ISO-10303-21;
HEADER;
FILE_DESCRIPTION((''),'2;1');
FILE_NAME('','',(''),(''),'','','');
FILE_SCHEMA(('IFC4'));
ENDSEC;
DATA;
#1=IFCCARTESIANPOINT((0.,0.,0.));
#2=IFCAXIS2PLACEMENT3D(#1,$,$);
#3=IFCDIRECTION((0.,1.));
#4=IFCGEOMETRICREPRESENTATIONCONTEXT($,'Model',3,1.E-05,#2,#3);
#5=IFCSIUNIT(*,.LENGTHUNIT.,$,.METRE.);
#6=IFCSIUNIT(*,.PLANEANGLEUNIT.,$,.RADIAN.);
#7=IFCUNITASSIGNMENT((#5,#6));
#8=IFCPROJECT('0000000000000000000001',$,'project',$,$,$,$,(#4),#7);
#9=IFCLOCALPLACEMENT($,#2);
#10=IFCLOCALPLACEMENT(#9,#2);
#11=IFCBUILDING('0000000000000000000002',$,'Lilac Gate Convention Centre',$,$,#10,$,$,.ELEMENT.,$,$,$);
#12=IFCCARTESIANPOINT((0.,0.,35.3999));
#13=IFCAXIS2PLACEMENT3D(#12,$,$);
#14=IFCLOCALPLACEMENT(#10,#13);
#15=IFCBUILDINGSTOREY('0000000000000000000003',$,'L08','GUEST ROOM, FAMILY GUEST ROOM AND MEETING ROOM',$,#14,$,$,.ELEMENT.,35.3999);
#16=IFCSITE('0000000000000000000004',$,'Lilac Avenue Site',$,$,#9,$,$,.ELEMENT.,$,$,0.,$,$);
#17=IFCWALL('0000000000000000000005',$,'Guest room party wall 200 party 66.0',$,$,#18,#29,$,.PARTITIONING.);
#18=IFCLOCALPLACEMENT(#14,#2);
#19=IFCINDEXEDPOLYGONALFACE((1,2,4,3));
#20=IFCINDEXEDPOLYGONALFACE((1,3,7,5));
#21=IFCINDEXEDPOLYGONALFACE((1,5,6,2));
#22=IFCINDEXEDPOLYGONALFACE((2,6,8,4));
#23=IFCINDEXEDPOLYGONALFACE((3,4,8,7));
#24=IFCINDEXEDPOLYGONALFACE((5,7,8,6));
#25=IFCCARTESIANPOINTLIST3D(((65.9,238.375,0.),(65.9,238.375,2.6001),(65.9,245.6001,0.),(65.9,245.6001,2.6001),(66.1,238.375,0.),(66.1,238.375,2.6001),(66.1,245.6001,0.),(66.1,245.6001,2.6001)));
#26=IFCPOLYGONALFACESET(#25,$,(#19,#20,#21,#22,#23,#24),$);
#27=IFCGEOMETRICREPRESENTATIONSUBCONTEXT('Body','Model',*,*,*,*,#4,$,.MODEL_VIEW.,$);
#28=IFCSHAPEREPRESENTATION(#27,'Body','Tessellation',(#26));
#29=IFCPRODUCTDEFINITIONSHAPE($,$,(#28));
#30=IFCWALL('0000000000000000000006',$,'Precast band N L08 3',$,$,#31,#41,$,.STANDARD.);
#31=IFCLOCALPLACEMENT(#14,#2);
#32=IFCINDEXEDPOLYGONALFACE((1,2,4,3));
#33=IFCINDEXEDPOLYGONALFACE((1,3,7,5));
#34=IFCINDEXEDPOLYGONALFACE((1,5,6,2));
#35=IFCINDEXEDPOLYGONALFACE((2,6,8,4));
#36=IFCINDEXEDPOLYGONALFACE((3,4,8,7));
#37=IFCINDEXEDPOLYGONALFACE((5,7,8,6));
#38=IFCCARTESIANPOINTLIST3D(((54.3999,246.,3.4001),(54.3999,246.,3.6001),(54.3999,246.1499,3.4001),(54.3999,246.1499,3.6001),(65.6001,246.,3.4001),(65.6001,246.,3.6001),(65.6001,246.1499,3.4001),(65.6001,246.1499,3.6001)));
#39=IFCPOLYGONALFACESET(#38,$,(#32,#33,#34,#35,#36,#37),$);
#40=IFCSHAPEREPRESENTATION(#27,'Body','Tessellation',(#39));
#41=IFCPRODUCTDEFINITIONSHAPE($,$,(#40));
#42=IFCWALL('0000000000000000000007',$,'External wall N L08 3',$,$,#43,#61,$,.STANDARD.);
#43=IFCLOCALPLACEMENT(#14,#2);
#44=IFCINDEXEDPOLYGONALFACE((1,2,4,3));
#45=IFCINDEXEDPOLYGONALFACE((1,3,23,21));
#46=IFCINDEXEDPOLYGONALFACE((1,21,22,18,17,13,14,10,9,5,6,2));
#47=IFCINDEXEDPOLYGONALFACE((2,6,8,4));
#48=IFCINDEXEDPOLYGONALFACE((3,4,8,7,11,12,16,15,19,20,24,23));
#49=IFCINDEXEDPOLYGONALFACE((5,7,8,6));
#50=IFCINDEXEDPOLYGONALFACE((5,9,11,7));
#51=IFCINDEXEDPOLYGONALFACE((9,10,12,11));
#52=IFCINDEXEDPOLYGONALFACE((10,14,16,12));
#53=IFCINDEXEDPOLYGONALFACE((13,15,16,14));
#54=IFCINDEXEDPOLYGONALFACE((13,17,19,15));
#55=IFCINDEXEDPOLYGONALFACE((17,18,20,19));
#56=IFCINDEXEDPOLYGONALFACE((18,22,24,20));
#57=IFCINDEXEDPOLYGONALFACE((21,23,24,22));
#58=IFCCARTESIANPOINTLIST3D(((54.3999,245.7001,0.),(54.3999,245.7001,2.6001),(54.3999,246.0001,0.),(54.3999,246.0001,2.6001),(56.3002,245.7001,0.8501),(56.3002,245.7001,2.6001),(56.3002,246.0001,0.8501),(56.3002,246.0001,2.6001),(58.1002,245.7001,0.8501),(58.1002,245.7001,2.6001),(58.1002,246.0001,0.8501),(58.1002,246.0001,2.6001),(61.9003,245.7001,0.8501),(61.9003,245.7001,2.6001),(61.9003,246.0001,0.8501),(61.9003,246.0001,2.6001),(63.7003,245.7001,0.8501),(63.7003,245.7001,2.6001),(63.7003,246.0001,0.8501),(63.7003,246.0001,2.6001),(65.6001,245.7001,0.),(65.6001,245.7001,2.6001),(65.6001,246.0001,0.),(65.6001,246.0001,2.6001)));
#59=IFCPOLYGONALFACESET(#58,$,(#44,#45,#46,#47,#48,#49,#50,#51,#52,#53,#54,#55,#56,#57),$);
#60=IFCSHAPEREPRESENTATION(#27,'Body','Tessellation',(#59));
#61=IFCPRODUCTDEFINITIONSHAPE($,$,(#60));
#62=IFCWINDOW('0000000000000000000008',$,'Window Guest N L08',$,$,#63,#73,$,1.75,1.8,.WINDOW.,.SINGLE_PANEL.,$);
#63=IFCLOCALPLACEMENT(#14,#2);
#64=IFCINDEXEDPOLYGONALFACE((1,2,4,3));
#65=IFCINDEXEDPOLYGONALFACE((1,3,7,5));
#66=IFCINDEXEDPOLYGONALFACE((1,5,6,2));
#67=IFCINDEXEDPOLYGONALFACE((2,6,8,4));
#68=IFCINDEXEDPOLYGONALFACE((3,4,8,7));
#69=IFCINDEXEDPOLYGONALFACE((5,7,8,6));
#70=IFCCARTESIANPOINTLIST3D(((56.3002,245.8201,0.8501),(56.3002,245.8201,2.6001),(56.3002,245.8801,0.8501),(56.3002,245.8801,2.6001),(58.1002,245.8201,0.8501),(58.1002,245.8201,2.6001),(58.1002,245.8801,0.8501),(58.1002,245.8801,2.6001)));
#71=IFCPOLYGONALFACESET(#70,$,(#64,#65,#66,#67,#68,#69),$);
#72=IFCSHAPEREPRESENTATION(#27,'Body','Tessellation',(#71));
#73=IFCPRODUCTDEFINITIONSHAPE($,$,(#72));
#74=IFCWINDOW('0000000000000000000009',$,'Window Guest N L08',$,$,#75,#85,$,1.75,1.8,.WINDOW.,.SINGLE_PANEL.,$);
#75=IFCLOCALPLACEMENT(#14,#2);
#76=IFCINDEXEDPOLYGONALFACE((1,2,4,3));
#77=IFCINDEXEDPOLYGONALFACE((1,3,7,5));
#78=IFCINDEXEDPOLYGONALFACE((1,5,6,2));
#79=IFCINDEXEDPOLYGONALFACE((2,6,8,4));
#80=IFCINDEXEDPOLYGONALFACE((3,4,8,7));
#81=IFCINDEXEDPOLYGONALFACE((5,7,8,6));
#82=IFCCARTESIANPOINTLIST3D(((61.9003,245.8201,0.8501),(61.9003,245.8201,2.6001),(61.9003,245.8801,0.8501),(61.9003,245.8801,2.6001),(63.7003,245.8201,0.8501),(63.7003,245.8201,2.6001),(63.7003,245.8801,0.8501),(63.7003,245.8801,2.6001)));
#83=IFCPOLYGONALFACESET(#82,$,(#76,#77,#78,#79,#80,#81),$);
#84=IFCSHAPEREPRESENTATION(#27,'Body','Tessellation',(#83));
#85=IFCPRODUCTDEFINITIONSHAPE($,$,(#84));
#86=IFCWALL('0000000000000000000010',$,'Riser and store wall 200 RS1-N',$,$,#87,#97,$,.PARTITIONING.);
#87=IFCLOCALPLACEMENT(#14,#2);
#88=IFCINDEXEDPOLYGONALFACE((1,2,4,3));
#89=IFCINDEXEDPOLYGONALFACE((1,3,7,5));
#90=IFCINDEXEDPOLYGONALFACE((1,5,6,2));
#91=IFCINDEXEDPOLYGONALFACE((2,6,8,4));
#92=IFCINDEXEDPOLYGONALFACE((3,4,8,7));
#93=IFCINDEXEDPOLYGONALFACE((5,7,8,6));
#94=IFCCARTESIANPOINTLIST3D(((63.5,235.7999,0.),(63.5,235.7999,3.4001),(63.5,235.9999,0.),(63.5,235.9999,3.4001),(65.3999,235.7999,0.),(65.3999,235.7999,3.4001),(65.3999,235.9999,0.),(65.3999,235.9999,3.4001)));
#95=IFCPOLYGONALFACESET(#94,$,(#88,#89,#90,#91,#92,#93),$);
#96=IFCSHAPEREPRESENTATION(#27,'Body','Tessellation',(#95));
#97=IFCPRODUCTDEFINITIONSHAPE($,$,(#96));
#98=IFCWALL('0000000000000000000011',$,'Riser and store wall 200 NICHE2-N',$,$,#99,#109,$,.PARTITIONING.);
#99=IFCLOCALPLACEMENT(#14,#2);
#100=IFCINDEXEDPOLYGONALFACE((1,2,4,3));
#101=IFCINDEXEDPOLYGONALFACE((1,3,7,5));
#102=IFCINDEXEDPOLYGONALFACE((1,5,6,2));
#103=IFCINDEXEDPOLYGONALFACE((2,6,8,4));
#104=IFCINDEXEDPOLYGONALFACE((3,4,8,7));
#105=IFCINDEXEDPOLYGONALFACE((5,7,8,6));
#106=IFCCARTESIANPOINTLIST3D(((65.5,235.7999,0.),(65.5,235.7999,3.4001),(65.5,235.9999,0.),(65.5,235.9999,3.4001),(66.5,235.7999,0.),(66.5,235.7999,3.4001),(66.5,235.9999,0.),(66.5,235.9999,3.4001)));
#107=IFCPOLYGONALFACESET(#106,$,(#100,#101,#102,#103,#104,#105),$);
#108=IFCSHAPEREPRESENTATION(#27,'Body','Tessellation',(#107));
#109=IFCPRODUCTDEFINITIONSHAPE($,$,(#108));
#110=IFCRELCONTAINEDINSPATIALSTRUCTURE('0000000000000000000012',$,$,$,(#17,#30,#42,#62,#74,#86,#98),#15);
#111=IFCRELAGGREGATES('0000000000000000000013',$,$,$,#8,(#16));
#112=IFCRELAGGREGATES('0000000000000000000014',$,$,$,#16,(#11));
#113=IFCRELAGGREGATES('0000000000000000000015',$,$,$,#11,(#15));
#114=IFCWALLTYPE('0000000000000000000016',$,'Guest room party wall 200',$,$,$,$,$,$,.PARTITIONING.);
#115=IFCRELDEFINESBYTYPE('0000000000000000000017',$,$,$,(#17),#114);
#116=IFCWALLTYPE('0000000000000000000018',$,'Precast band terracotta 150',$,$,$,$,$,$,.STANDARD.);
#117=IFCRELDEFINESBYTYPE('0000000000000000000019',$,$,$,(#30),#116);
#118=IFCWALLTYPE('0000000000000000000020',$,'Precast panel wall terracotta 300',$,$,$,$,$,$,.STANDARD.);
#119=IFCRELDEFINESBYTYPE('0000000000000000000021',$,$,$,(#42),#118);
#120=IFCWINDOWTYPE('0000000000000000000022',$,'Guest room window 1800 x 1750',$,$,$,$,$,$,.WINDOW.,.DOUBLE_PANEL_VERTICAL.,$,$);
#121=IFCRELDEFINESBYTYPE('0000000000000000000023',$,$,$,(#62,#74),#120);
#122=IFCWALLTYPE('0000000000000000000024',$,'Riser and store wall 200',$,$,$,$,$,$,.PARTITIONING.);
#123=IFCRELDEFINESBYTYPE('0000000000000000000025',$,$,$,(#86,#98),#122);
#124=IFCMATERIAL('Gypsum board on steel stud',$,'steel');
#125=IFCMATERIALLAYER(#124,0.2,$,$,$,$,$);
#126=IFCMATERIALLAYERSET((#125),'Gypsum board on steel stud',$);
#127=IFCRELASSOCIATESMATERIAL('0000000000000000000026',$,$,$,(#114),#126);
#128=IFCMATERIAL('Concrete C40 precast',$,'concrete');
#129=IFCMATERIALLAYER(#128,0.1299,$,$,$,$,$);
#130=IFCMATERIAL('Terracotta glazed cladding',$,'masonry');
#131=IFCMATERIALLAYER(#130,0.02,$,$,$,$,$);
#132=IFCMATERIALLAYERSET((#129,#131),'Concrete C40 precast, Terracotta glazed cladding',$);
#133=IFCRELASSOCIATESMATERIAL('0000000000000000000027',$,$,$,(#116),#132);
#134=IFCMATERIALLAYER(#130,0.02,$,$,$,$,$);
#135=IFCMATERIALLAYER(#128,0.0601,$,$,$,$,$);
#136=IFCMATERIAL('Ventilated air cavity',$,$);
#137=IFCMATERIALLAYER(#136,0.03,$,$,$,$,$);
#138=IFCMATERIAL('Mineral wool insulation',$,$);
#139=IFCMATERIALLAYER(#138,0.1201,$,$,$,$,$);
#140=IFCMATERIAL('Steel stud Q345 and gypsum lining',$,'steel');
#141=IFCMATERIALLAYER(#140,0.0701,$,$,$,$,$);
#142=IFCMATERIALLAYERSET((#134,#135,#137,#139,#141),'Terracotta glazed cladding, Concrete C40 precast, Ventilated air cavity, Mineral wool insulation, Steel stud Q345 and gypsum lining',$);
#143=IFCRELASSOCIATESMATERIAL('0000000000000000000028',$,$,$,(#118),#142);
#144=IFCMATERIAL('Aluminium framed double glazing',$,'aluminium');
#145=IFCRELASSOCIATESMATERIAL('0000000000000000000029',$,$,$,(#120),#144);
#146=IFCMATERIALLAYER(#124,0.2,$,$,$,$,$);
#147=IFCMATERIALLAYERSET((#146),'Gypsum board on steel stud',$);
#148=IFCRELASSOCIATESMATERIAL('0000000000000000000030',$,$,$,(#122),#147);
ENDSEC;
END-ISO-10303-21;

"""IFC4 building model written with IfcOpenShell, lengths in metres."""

from ifc_helpers import new_model, si_unit, direction, frame, frame_2d, origin, place, context, subcontext, project, spatial, rectangle, extrude, material, layer, layer_set, type_object, element, fill, save


model = new_model("IFC4")

# Units and contexts
model_context = context("Model", 3, precision=1e-05, world=origin(), true_north=direction((0.0, 1.0)))
body_context = subcontext(model_context, "Body", "Model", "MODEL_VIEW")
ifc_project = project(units=[si_unit("LENGTHUNIT", "METRE"), si_unit("PLANEANGLEUNIT", "RADIAN")], contexts=[model_context])

# Site, building, storey
site_placement = place(None, origin())
site = spatial("IfcSite", under=ifc_project, at=site_placement, Name="Lilac Avenue Site", CompositionType="ELEMENT", RefElevation=0.0)
building_placement = place(site_placement, origin())
building = spatial("IfcBuilding", under=site, at=building_placement, Name="Lilac Gate Convention Centre", CompositionType="ELEMENT")
storey_placement = place(building_placement, frame((0.0, 0.0, 35.3999)))
storey = spatial("IfcBuildingStorey", under=building, at=storey_placement, Name="L08", Description="GUEST ROOM, FAMILY GUEST ROOM AND MEETING ROOM", CompositionType="ELEMENT", Elevation=35.3999)

# Shared definitions
ifc_material_1 = material(Name="Gypsum board on steel stud", Category="steel")

# Walls
ifc_layer_1 = layer(ifc_material_1, 0.2)
ifc_layer_set_1 = layer_set([ifc_layer_1], Name="Gypsum board on steel stud")
wall_type_1 = type_object("IfcWallType", Name="Guest room party wall 200", PredefinedType="PARTITIONING", material=ifc_layer_set_1)
wall_1_placement = place(storey_placement, frame((66.0, 245.6001, 0.0), z_axis=(0.0, 0.0, 1.0), x_axis=(0.0, -1.0, 0.0)))
element("IfcWall", 1, at=wall_1_placement, inside=storey, type_object=wall_type_1, Name="Guest room party wall 200 party 66.0", PredefinedType="PARTITIONING", context=body_context, shape_type="SweptSolid", body=[
    extrude(rectangle(XDim=7.2251, YDim=0.2, at=frame_2d((3.6125, 0.0))), origin(), (0.0, 0.0, 1.0), 2.6001),
])
ifc_material_2 = material(Name="Concrete C40 precast", Category="concrete")
ifc_layer_2 = layer(ifc_material_2, 0.1299)
ifc_material_3 = material(Name="Terracotta glazed cladding", Category="masonry")
ifc_layer_3 = layer(ifc_material_3, 0.02)
ifc_layer_set_2 = layer_set([ifc_layer_2, ifc_layer_3], Name="Concrete C40 precast, Terracotta glazed cladding")
wall_type_2 = type_object("IfcWallType", Name="Precast band terracotta 150", PredefinedType="STANDARD", material=ifc_layer_set_2)
wall_2_placement = place(storey_placement, frame((65.6001, 246.075, 3.4001), z_axis=(0.0, 0.0, 1.0), x_axis=(-1.0, 0.0, 0.0)))
element("IfcWall", 2, at=wall_2_placement, inside=storey, type_object=wall_type_2, Name="Precast band N L08 3", PredefinedType="STANDARD", context=body_context, shape_type="SweptSolid", body=[
    extrude(rectangle(XDim=11.2002, YDim=0.1499, at=frame_2d((5.6001, 0.0))), origin(), (0.0, 0.0, 1.0), 0.2),
])

# Wall, openings, windows
ifc_layer_4 = layer(ifc_material_3, 0.02)
ifc_layer_5 = layer(ifc_material_2, 0.0601)
ifc_material_4 = material(Name="Ventilated air cavity")
ifc_layer_6 = layer(ifc_material_4, 0.03)
ifc_material_5 = material(Name="Mineral wool insulation")
ifc_layer_7 = layer(ifc_material_5, 0.1201)
ifc_material_6 = material(Name="Steel stud Q345 and gypsum lining", Category="steel")
ifc_layer_8 = layer(ifc_material_6, 0.0701)
ifc_layer_set_3 = layer_set([ifc_layer_4, ifc_layer_5, ifc_layer_6, ifc_layer_7, ifc_layer_8], Name="Terracotta glazed cladding, Concrete C40 precast, Ventilated air cavity, Mineral wool insulation, Steel stud Q345 and gypsum lining")
wall_type_3 = type_object("IfcWallType", Name="Precast panel wall terracotta 300", PredefinedType="STANDARD", material=ifc_layer_set_3)
wall_3_placement = place(storey_placement, frame((65.6001, 245.8501, 0.0), z_axis=(0.0, 0.0, 1.0), x_axis=(-1.0, 0.0, 0.0)))
wall_3 = element("IfcWall", 3, at=wall_3_placement, inside=storey, type_object=wall_type_3, Name="External wall N L08 3", PredefinedType="STANDARD", context=body_context, shape_type="SweptSolid", body=[
    extrude(rectangle(XDim=11.2002, YDim=0.3, at=frame_2d((5.6001, 0.0))), origin(), (0.0, 0.0, 1.0), 2.6001),
])
opening_1_placement = place(wall_3_placement, frame((7.5, 0.0, 0.8501)))
opening_1 = element("IfcOpeningElement", 4, at=opening_1_placement, cuts=wall_3, PredefinedType="OPENING", context=body_context, shape_type="SweptSolid", body=[
    extrude(rectangle(XDim=1.8, YDim=1.75, at=frame_2d((0.8999, 0.875))), frame((0.0, 0.1599, 0.0), z_axis=(0.0, -1.0, 0.0), x_axis=(1.0, 0.0, 0.0)), (0.0, 0.0, 1.0), 0.3201),
])
opening_2_placement = place(wall_3_placement, frame((1.8999, 0.0, 0.8501)))
opening_2 = element("IfcOpeningElement", 5, at=opening_2_placement, cuts=wall_3, PredefinedType="OPENING", context=body_context, shape_type="SweptSolid", body=[
    extrude(rectangle(XDim=1.8, YDim=1.75, at=frame_2d((0.8999, 0.875))), frame((0.0, 0.1599, 0.0), z_axis=(0.0, -1.0, 0.0), x_axis=(1.0, 0.0, 0.0)), (0.0, 0.0, 1.0), 0.3201),
])
ifc_material_7 = material(Name="Aluminium framed double glazing", Category="aluminium")
window_type = type_object("IfcWindowType", Name="Guest room window 1800 x 1750", PartitioningType="DOUBLE_PANEL_VERTICAL", PredefinedType="WINDOW", material=ifc_material_7)
window_1_placement = place(opening_1_placement, origin())
window_1 = element("IfcWindow", 6, at=window_1_placement, inside=storey, type_object=window_type, Name="Window Guest N L08", OverallHeight=1.75, OverallWidth=1.8, PartitioningType="SINGLE_PANEL", PredefinedType="WINDOW", context=body_context, shape_type="SweptSolid", body=[
    extrude(rectangle(XDim=1.8, YDim=1.75, at=frame_2d((0.8999, 0.875))), frame((0.0, 0.03, 0.0), z_axis=(0.0, -1.0, 0.0), x_axis=(1.0, 0.0, 0.0)), (0.0, 0.0, 1.0), 0.0601),
])
fill(opening_1, window_1)
window_2_placement = place(opening_2_placement, origin())
window_2 = element("IfcWindow", 7, at=window_2_placement, inside=storey, type_object=window_type, Name="Window Guest N L08", OverallHeight=1.75, OverallWidth=1.8, PartitioningType="SINGLE_PANEL", PredefinedType="WINDOW", context=body_context, shape_type="SweptSolid", body=[
    extrude(rectangle(XDim=1.8, YDim=1.75, at=frame_2d((0.8999, 0.875))), frame((0.0, 0.03, 0.0), z_axis=(0.0, -1.0, 0.0), x_axis=(1.0, 0.0, 0.0)), (0.0, 0.0, 1.0), 0.0601),
])
fill(opening_2, window_2)

# Walls
ifc_layer_9 = layer(ifc_material_1, 0.2)
ifc_layer_set_4 = layer_set([ifc_layer_9], Name="Gypsum board on steel stud")
wall_type_4 = type_object("IfcWallType", Name="Riser and store wall 200", PredefinedType="PARTITIONING", material=ifc_layer_set_4)
wall_4_placement = place(storey_placement, frame((63.5, 235.8999, 0.0), z_axis=(0.0, 0.0, 1.0), x_axis=(1.0, 0.0, 0.0)))
element("IfcWall", 8, at=wall_4_placement, inside=storey, type_object=wall_type_4, Name="Riser and store wall 200 RS1-N", PredefinedType="PARTITIONING", context=body_context, shape_type="SweptSolid", body=[
    extrude(rectangle(XDim=1.8999, YDim=0.2, at=frame_2d((0.95, 0.0))), origin(), (0.0, 0.0, 1.0), 3.4001),
])
wall_5_placement = place(storey_placement, frame((65.5, 235.8999, 0.0), z_axis=(0.0, 0.0, 1.0), x_axis=(1.0, 0.0, 0.0)))
element("IfcWall", 9, at=wall_5_placement, inside=storey, type_object=wall_type_4, Name="Riser and store wall 200 NICHE2-N", PredefinedType="PARTITIONING", context=body_context, shape_type="SweptSolid", body=[
    extrude(rectangle(XDim=1.0, YDim=0.2, at=frame_2d((0.5, 0.0))), origin(), (0.0, 0.0, 1.0), 3.4001),
])

save(model, "model.ifc")
